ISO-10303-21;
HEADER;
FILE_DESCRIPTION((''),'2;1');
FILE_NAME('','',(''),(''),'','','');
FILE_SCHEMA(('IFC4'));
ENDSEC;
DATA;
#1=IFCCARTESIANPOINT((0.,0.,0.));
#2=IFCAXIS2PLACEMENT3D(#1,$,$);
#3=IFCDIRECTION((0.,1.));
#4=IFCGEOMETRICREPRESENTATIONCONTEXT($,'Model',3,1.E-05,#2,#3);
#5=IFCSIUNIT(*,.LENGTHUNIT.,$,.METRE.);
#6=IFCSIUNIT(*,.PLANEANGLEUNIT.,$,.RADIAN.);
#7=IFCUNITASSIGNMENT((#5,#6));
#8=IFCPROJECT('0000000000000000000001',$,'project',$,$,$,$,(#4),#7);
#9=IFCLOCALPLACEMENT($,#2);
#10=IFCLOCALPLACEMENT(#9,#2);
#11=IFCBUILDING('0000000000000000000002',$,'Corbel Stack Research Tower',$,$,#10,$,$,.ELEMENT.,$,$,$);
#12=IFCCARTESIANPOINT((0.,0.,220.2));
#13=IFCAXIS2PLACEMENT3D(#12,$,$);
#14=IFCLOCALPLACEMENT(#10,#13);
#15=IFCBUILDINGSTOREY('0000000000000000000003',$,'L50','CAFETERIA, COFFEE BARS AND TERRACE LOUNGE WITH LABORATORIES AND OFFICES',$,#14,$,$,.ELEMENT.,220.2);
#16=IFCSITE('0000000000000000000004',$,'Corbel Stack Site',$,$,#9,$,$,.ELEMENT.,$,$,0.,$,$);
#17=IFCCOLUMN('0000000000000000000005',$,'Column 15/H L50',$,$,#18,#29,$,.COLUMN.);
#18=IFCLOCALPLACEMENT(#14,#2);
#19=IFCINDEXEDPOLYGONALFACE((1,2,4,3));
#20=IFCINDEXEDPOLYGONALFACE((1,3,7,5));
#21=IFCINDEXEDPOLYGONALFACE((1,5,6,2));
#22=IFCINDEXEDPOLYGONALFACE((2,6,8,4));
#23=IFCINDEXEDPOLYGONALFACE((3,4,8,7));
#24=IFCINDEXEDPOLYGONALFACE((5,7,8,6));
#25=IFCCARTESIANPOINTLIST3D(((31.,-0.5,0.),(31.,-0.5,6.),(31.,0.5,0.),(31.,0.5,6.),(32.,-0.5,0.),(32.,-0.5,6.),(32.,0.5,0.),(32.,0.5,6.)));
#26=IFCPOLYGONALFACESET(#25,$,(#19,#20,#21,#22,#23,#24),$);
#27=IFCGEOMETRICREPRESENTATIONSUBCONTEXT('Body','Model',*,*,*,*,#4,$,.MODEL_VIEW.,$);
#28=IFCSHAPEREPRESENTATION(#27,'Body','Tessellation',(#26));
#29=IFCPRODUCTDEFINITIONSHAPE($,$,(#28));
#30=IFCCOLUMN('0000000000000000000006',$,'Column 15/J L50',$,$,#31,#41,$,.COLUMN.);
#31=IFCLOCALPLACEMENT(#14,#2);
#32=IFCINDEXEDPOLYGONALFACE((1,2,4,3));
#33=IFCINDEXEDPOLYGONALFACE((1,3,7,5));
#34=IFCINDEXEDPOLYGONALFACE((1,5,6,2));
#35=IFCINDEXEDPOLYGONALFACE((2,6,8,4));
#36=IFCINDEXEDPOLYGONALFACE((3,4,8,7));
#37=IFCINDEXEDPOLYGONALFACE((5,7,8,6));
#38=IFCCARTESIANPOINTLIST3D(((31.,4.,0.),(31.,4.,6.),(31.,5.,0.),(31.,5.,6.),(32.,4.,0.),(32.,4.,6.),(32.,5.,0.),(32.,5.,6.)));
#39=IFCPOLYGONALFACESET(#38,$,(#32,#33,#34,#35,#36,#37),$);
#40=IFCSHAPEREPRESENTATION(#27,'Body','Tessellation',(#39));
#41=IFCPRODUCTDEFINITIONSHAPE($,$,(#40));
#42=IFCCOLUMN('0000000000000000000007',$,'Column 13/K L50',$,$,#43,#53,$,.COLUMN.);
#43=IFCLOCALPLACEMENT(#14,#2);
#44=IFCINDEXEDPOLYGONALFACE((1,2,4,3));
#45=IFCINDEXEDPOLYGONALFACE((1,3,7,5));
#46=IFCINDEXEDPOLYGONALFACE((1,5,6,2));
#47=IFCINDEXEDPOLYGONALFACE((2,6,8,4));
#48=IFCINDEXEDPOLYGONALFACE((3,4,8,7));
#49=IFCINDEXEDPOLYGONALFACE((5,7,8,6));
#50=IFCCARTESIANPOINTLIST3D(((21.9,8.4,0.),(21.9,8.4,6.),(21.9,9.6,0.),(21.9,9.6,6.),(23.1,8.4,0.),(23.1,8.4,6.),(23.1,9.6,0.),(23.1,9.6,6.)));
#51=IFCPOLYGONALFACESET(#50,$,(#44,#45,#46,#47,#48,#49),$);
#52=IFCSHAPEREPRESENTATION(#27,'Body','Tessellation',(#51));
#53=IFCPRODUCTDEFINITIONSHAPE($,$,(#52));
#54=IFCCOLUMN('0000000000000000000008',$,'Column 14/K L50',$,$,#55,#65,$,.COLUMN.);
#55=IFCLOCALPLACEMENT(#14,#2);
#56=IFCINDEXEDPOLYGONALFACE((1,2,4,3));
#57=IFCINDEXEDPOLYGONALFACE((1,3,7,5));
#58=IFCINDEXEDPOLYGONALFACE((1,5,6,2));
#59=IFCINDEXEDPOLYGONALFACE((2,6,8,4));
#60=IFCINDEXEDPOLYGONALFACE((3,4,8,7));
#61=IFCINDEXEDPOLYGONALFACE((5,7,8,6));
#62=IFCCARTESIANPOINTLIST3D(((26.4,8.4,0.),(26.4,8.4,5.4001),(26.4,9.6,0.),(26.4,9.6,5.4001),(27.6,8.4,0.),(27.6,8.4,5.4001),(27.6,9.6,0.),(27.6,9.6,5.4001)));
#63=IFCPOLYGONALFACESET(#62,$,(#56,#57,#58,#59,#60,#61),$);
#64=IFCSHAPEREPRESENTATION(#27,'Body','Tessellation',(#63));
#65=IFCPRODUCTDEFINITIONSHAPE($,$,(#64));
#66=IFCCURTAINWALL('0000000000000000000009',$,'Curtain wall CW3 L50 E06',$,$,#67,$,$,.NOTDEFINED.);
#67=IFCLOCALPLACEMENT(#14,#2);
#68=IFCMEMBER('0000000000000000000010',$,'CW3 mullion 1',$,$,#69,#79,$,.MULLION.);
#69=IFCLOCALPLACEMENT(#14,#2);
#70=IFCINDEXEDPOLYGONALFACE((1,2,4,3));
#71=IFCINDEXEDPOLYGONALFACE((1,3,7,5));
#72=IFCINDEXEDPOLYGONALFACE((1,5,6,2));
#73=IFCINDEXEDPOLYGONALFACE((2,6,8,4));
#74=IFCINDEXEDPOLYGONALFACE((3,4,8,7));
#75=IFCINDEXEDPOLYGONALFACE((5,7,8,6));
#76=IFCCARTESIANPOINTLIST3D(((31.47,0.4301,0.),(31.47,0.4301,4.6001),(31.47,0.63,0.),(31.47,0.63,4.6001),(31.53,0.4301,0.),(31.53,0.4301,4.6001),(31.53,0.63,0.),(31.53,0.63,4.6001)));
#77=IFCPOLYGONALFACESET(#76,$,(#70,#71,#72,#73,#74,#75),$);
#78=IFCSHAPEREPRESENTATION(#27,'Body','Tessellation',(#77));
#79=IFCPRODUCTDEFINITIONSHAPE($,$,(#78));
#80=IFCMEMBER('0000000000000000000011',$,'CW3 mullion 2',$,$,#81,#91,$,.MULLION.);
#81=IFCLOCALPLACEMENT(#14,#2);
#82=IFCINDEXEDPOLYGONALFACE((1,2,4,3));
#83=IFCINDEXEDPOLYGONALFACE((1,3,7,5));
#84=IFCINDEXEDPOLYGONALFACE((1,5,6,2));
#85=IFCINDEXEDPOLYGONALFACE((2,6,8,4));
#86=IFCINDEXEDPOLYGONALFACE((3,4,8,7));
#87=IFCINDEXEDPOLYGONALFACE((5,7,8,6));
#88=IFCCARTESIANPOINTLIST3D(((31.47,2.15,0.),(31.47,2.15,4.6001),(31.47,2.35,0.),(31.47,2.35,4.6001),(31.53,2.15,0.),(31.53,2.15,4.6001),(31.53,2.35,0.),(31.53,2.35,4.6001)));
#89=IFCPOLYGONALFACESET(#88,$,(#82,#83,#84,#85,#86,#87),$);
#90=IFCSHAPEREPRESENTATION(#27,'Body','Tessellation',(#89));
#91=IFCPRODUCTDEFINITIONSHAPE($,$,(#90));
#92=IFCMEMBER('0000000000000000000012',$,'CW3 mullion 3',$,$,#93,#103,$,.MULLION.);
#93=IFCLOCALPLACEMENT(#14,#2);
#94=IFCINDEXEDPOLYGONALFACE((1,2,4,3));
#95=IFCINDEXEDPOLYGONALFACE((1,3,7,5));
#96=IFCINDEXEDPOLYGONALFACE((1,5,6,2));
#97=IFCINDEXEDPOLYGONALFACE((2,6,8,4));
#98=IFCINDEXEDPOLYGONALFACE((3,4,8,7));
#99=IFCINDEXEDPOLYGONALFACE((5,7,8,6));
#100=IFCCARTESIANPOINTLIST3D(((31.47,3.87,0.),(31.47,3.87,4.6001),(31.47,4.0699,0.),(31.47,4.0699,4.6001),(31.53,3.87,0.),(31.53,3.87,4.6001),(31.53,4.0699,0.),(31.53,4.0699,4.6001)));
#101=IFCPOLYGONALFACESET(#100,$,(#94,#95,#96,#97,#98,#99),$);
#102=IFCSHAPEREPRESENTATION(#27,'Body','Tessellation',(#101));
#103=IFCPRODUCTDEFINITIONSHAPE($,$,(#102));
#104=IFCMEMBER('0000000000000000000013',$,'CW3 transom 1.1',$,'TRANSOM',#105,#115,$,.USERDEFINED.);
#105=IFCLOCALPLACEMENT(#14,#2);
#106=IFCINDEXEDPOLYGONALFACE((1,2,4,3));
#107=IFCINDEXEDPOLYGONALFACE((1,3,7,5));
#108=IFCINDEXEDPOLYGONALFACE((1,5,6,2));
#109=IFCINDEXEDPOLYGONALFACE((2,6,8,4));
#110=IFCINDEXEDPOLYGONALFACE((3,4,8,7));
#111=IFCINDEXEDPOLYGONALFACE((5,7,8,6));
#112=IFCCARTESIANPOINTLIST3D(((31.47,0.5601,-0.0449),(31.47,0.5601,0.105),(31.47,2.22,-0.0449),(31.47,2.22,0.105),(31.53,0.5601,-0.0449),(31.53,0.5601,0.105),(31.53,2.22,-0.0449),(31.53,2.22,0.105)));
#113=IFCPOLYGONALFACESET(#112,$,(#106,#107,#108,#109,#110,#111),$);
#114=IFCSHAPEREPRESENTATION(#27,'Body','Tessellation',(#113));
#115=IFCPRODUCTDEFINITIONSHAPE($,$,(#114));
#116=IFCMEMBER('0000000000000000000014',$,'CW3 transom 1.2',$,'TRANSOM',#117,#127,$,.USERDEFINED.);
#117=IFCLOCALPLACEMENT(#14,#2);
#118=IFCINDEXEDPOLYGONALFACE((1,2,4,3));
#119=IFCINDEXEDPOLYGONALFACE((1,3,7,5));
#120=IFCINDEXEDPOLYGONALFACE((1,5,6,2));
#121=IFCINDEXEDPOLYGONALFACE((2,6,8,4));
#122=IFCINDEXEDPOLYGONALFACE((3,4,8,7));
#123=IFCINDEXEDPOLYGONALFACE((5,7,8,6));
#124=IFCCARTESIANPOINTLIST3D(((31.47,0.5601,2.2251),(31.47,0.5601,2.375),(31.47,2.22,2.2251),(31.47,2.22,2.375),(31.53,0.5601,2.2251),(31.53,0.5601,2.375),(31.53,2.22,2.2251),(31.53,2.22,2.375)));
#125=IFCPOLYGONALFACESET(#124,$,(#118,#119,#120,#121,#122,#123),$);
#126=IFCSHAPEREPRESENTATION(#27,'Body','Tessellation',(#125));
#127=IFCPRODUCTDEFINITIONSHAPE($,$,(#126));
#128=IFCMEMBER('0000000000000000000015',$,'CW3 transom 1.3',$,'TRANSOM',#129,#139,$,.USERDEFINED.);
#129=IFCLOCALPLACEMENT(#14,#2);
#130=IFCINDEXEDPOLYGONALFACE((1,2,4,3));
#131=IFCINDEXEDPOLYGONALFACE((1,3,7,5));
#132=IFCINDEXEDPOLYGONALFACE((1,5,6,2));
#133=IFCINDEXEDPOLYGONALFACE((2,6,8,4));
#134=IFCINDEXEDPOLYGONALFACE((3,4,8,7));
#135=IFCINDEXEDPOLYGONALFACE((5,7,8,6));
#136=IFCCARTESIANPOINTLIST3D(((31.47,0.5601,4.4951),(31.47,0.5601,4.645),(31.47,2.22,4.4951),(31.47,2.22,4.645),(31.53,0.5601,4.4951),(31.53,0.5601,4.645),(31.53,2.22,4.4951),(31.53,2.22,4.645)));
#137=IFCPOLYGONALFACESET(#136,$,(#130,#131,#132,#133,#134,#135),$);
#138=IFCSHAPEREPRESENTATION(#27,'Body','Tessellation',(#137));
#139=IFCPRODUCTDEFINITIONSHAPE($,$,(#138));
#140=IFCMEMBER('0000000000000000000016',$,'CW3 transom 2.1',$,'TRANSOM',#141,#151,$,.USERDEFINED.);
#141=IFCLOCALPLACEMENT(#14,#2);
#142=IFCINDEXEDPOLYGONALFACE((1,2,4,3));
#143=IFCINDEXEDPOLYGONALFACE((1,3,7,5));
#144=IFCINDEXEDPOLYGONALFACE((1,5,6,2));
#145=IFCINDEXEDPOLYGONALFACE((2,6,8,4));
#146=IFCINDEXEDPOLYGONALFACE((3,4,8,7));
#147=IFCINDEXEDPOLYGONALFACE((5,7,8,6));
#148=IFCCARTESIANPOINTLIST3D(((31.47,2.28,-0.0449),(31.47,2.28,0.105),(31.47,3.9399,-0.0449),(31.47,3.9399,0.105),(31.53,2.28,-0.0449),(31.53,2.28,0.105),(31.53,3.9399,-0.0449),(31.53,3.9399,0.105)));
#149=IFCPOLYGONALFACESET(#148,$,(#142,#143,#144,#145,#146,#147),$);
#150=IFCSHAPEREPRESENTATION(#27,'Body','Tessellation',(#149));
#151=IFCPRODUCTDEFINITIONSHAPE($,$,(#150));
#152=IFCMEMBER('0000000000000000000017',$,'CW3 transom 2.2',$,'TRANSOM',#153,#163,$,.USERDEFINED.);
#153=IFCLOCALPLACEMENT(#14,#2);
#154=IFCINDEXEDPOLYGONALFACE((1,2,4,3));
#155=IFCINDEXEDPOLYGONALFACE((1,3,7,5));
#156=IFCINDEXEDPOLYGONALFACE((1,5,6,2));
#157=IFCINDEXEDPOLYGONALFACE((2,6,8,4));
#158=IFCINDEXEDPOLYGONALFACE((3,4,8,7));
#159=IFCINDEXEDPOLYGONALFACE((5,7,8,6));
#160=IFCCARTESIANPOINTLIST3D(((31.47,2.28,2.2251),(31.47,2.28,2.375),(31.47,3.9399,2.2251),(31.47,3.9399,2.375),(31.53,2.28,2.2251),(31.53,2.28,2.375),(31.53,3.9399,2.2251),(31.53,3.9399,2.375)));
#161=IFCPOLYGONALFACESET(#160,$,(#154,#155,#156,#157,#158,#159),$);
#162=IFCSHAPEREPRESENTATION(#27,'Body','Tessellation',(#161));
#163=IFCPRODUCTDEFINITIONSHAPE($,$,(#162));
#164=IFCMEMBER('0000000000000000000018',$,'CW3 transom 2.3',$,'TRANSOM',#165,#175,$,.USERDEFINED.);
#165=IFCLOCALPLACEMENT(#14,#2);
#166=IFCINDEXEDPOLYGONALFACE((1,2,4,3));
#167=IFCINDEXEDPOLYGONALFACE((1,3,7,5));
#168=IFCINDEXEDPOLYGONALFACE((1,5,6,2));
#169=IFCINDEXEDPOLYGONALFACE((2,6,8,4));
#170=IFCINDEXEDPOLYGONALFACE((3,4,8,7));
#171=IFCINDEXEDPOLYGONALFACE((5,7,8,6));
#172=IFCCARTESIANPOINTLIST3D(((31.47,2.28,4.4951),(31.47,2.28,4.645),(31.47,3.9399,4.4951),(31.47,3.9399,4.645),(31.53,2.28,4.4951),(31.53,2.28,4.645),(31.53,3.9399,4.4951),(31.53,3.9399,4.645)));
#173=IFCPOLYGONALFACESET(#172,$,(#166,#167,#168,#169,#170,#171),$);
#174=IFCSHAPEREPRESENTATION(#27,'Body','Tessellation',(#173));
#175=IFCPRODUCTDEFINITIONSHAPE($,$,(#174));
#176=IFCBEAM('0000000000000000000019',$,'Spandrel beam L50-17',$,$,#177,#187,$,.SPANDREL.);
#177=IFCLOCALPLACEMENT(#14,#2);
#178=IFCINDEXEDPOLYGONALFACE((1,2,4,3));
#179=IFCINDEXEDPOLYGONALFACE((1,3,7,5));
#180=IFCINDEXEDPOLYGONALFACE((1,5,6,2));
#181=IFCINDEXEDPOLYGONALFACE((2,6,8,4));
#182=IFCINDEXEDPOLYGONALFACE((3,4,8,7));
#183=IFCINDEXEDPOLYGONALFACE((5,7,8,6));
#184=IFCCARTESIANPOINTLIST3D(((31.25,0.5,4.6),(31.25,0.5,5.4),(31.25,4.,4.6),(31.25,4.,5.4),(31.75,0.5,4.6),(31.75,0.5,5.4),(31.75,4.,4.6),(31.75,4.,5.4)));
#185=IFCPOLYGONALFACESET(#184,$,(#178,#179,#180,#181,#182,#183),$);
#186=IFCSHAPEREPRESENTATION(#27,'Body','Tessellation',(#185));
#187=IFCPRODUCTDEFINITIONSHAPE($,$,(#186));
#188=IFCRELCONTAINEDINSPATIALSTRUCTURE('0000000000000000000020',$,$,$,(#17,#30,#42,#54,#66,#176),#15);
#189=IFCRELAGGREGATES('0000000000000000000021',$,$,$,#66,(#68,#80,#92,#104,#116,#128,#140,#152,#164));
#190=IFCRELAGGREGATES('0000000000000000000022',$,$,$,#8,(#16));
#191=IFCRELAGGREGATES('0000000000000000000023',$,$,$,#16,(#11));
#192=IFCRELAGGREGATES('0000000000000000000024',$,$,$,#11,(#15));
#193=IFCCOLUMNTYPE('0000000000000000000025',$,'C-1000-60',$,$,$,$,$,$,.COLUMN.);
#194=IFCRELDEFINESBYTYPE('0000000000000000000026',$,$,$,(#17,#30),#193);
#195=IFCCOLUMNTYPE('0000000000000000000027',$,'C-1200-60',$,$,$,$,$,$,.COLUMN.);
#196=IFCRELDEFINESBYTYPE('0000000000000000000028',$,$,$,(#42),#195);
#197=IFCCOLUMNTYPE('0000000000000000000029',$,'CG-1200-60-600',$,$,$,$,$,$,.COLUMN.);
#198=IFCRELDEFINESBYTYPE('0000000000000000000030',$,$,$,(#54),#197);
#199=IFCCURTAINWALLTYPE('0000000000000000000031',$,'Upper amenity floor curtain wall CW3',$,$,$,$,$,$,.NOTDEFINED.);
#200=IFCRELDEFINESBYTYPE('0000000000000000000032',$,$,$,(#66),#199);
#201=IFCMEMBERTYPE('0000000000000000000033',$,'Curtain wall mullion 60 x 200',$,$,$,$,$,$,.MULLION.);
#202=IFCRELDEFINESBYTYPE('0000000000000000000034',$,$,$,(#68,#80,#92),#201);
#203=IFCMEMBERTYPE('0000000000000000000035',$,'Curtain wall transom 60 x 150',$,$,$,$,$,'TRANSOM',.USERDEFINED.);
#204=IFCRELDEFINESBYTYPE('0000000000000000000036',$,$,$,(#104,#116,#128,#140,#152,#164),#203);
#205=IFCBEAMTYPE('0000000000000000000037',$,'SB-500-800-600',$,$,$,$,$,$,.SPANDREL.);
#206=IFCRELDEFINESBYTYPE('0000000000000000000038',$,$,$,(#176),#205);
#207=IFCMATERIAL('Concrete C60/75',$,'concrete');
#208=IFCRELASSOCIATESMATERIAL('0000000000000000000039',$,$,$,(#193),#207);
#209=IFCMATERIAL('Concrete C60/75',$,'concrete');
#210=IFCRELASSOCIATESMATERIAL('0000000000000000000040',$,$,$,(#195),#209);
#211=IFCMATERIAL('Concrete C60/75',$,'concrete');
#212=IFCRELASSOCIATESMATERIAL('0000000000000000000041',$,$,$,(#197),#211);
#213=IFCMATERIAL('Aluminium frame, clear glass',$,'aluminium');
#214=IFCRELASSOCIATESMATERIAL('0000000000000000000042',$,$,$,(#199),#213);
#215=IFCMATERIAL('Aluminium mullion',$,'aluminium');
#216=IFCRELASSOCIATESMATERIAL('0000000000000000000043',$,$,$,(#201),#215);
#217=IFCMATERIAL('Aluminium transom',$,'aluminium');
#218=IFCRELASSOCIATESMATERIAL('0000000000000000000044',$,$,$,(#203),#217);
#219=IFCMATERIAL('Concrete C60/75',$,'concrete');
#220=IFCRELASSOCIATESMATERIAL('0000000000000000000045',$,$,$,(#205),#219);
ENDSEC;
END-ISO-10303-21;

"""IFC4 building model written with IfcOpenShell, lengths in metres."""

from ifc_helpers import new_model, si_unit, direction, frame, origin, origin_2d, place, context, subcontext, project, spatial, rectangle, extrude, material, material_profile, profile_set, type_object, element, aggregate, save


model = new_model("IFC4")

# Units and contexts
model_context = context("Model", 3, precision=1e-05, world=origin(), true_north=direction((0.0, 1.0)))
body_context = subcontext(model_context, "Body", "Model", "MODEL_VIEW")
ifc_project = project(units=[si_unit("LENGTHUNIT", "METRE"), si_unit("PLANEANGLEUNIT", "RADIAN")], contexts=[model_context])

# Site, building, storey
site_placement = place(None, origin())
site = spatial("IfcSite", under=ifc_project, at=site_placement, Name="Corbel Stack Site", CompositionType="ELEMENT", RefElevation=0.0)
building_placement = place(site_placement, origin())
building = spatial("IfcBuilding", under=site, at=building_placement, Name="Corbel Stack Research Tower", CompositionType="ELEMENT")
storey_placement = place(building_placement, frame((0.0, 0.0, 220.2)))
storey = spatial("IfcBuildingStorey", under=building, at=storey_placement, Name="L50", Description="CAFETERIA, COFFEE BARS AND TERRACE LOUNGE WITH LABORATORIES AND OFFICES", CompositionType="ELEMENT", Elevation=220.2)

# Columns
ifc_material_1 = material(Name="Concrete C60/75", Category="concrete")
ifc_material_profile_1 = material_profile(ifc_material_1, rectangle(XDim=1.0, YDim=1.0, at=origin_2d()), Name="RC 1000 x 1000")
ifc_profile_set_1 = profile_set([ifc_material_profile_1], Name="Concrete C60/75")
column_type_1 = type_object("IfcColumnType", Name="C-1000-60", PredefinedType="COLUMN", material=ifc_profile_set_1)
for number, where, z_axis, x_axis, name in (
    (1, (31.5, 0.0, 0.0), (0.0, 0.0, 1.0), (1.0, 0.0, 0.0), "Column 15/H L50"),
    (2, (31.5, 4.5, 0.0), (0.0, 0.0, 1.0), (1.0, 0.0, 0.0), "Column 15/J L50"),
):
    element("IfcColumn", number, at=place(storey_placement, frame(where, z_axis=z_axis, x_axis=x_axis)), inside=storey, type_object=column_type_1, Name=name, PredefinedType="COLUMN", context=body_context, shape_type="SweptSolid", body=[
        extrude(rectangle(XDim=1.0, YDim=1.0, at=origin_2d()), origin(), (0.0, 0.0, 1.0), 6.0),
    ])
ifc_material_2 = material(Name="Concrete C60/75", Category="concrete")
ifc_material_profile_2 = material_profile(ifc_material_2, rectangle(XDim=1.2, YDim=1.2, at=origin_2d()), Name="RC 1200 x 1200")
ifc_profile_set_2 = profile_set([ifc_material_profile_2], Name="Concrete C60/75")
column_type_2 = type_object("IfcColumnType", Name="C-1200-60", PredefinedType="COLUMN", material=ifc_profile_set_2)
column_1_placement = place(storey_placement, frame((22.5, 9.0, 0.0), z_axis=(0.0, 0.0, 1.0), x_axis=(1.0, 0.0, 0.0)))
element("IfcColumn", 3, at=column_1_placement, inside=storey, type_object=column_type_2, Name="Column 13/K L50", PredefinedType="COLUMN", context=body_context, shape_type="SweptSolid", body=[
    extrude(rectangle(XDim=1.2, YDim=1.2, at=origin_2d()), origin(), (0.0, 0.0, 1.0), 6.0),
])
ifc_material_3 = material(Name="Concrete C60/75", Category="concrete")
ifc_material_profile_3 = material_profile(ifc_material_3, rectangle(XDim=1.2, YDim=1.2, at=origin_2d()), Name="RC 1200 x 1200")
ifc_profile_set_3 = profile_set([ifc_material_profile_3], Name="Concrete C60/75")
column_type_3 = type_object("IfcColumnType", Name="CG-1200-60-600", PredefinedType="COLUMN", material=ifc_profile_set_3)
column_2_placement = place(storey_placement, frame((27.0, 9.0, 0.0), z_axis=(0.0, 0.0, 1.0), x_axis=(1.0, 0.0, 0.0)))
element("IfcColumn", 4, at=column_2_placement, inside=storey, type_object=column_type_3, Name="Column 14/K L50", PredefinedType="COLUMN", context=body_context, shape_type="SweptSolid", body=[
    extrude(rectangle(XDim=1.2, YDim=1.2, at=origin_2d()), origin(), (0.0, 0.0, 1.0), 5.4001),
])

# Curtain wall, members
ifc_material_4 = material(Name="Aluminium frame, clear glass", Category="aluminium")
curtain_wall_type = type_object("IfcCurtainWallType", Name="Upper amenity floor curtain wall CW3", PredefinedType="NOTDEFINED", material=ifc_material_4)
curtain_wall_placement = place(storey_placement, origin())
curtain_wall = element("IfcCurtainWall", 5, at=curtain_wall_placement, inside=storey, type_object=curtain_wall_type, Name="Curtain wall CW3 L50 E06", PredefinedType="NOTDEFINED")
ifc_material_5 = material(Name="Aluminium mullion", Category="aluminium")
ifc_material_profile_4 = material_profile(ifc_material_5, rectangle(XDim=0.0601, YDim=0.2, at=origin_2d()), Name="Mullion 60 x 200")
ifc_profile_set_4 = profile_set([ifc_material_profile_4], Name="Aluminium mullion")
member_type_1 = type_object("IfcMemberType", Name="Curtain wall mullion 60 x 200", PredefinedType="MULLION", material=ifc_profile_set_4)
member_1_placement = place(storey_placement, frame((31.5, 0.53, 0.0), z_axis=(0.0, 0.0, 1.0), x_axis=(-1.0, 0.0, 0.0)))
member_1 = element("IfcMember", 6, at=member_1_placement, type_object=member_type_1, Name="CW3 mullion 1", PredefinedType="MULLION", context=body_context, shape_type="SweptSolid", body=[
    extrude(rectangle(XDim=0.0601, YDim=0.2, at=origin_2d()), origin(), (0.0, 0.0, 1.0), 4.6001),
])
member_2_placement = place(storey_placement, frame((31.5, 2.25, 0.0), z_axis=(0.0, 0.0, 1.0), x_axis=(-1.0, 0.0, 0.0)))
member_2 = element("IfcMember", 7, at=member_2_placement, type_object=member_type_1, Name="CW3 mullion 2", PredefinedType="MULLION", context=body_context, shape_type="SweptSolid", body=[
    extrude(rectangle(XDim=0.0601, YDim=0.2, at=origin_2d()), origin(), (0.0, 0.0, 1.0), 4.6001),
])
member_3_placement = place(storey_placement, frame((31.5, 3.97, 0.0), z_axis=(0.0, 0.0, 1.0), x_axis=(-1.0, 0.0, 0.0)))
member_3 = element("IfcMember", 8, at=member_3_placement, type_object=member_type_1, Name="CW3 mullion 3", PredefinedType="MULLION", context=body_context, shape_type="SweptSolid", body=[
    extrude(rectangle(XDim=0.0601, YDim=0.2, at=origin_2d()), origin(), (0.0, 0.0, 1.0), 4.6001),
])
ifc_material_6 = material(Name="Aluminium transom", Category="aluminium")
ifc_material_profile_5 = material_profile(ifc_material_6, rectangle(XDim=0.0601, YDim=0.1499, at=origin_2d()), Name="Transom 60 x 150")
ifc_profile_set_5 = profile_set([ifc_material_profile_5], Name="Aluminium transom")
member_type_2 = type_object("IfcMemberType", Name="Curtain wall transom 60 x 150", ElementType="TRANSOM", PredefinedType="USERDEFINED", material=ifc_profile_set_5)
member_4_placement = place(storey_placement, frame((31.5, 0.5601, 0.03), z_axis=(0.0, 1.0, 0.0), x_axis=(-1.0, 0.0, 0.0)))
member_4 = element("IfcMember", 9, at=member_4_placement, type_object=member_type_2, Name="CW3 transom 1.1", ObjectType="TRANSOM", PredefinedType="USERDEFINED", context=body_context, shape_type="SweptSolid", body=[
    extrude(rectangle(XDim=0.0601, YDim=0.1499, at=origin_2d()), origin(), (0.0, 0.0, 1.0), 1.6599),
])
member_5_placement = place(storey_placement, frame((31.5, 0.5601, 2.3), z_axis=(0.0, 1.0, 0.0), x_axis=(-1.0, 0.0, 0.0)))
member_5 = element("IfcMember", 10, at=member_5_placement, type_object=member_type_2, Name="CW3 transom 1.2", ObjectType="TRANSOM", PredefinedType="USERDEFINED", context=body_context, shape_type="SweptSolid", body=[
    extrude(rectangle(XDim=0.0601, YDim=0.1499, at=origin_2d()), origin(), (0.0, 0.0, 1.0), 1.6599),
])
member_6_placement = place(storey_placement, frame((31.5, 0.5601, 4.5701), z_axis=(0.0, 1.0, 0.0), x_axis=(-1.0, 0.0, 0.0)))
member_6 = element("IfcMember", 11, at=member_6_placement, type_object=member_type_2, Name="CW3 transom 1.3", ObjectType="TRANSOM", PredefinedType="USERDEFINED", context=body_context, shape_type="SweptSolid", body=[
    extrude(rectangle(XDim=0.0601, YDim=0.1499, at=origin_2d()), origin(), (0.0, 0.0, 1.0), 1.6599),
])
member_7_placement = place(storey_placement, frame((31.5, 2.28, 0.03), z_axis=(0.0, 1.0, 0.0), x_axis=(-1.0, 0.0, 0.0)))
member_7 = element("IfcMember", 12, at=member_7_placement, type_object=member_type_2, Name="CW3 transom 2.1", ObjectType="TRANSOM", PredefinedType="USERDEFINED", context=body_context, shape_type="SweptSolid", body=[
    extrude(rectangle(XDim=0.0601, YDim=0.1499, at=origin_2d()), origin(), (0.0, 0.0, 1.0), 1.6599),
])
member_8_placement = place(storey_placement, frame((31.5, 2.28, 2.3), z_axis=(0.0, 1.0, 0.0), x_axis=(-1.0, 0.0, 0.0)))
member_8 = element("IfcMember", 13, at=member_8_placement, type_object=member_type_2, Name="CW3 transom 2.2", ObjectType="TRANSOM", PredefinedType="USERDEFINED", context=body_context, shape_type="SweptSolid", body=[
    extrude(rectangle(XDim=0.0601, YDim=0.1499, at=origin_2d()), origin(), (0.0, 0.0, 1.0), 1.6599),
])
member_9_placement = place(storey_placement, frame((31.5, 2.28, 4.5701), z_axis=(0.0, 1.0, 0.0), x_axis=(-1.0, 0.0, 0.0)))
member_9 = element("IfcMember", 14, at=member_9_placement, type_object=member_type_2, Name="CW3 transom 2.3", ObjectType="TRANSOM", PredefinedType="USERDEFINED", context=body_context, shape_type="SweptSolid", body=[
    extrude(rectangle(XDim=0.0601, YDim=0.1499, at=origin_2d()), origin(), (0.0, 0.0, 1.0), 1.6599),
])

# Beam
ifc_material_7 = material(Name="Concrete C60/75", Category="concrete")
ifc_material_profile_6 = material_profile(ifc_material_7, rectangle(XDim=0.5, YDim=0.8, at=origin_2d()), Name="RC 500 x 800")
ifc_profile_set_6 = profile_set([ifc_material_profile_6], Name="Concrete C60/75")
beam_type_1 = type_object("IfcBeamType", Name="SB-500-800-600", PredefinedType="SPANDREL", material=ifc_profile_set_6)
for number, where, z_axis, x_axis, name in (
    (15, (31.5, 0.5, 5.0), (0.0, 1.0, 0.0), (-1.0, 0.0, 0.0), "Spandrel beam L50-17"),
):
    element("IfcBeam", number, at=place(storey_placement, frame(where, z_axis=z_axis, x_axis=x_axis)), inside=storey, type_object=beam_type_1, Name=name, PredefinedType="SPANDREL", context=body_context, shape_type="SweptSolid", body=[
        extrude(rectangle(XDim=0.5, YDim=0.8, at=origin_2d()), origin(), (0.0, 0.0, 1.0), 3.5),
    ])

aggregate(curtain_wall, [member_1, member_2, member_3, member_4, member_5, member_6, member_7, member_8, member_9])

save(model, "model.ifc")
